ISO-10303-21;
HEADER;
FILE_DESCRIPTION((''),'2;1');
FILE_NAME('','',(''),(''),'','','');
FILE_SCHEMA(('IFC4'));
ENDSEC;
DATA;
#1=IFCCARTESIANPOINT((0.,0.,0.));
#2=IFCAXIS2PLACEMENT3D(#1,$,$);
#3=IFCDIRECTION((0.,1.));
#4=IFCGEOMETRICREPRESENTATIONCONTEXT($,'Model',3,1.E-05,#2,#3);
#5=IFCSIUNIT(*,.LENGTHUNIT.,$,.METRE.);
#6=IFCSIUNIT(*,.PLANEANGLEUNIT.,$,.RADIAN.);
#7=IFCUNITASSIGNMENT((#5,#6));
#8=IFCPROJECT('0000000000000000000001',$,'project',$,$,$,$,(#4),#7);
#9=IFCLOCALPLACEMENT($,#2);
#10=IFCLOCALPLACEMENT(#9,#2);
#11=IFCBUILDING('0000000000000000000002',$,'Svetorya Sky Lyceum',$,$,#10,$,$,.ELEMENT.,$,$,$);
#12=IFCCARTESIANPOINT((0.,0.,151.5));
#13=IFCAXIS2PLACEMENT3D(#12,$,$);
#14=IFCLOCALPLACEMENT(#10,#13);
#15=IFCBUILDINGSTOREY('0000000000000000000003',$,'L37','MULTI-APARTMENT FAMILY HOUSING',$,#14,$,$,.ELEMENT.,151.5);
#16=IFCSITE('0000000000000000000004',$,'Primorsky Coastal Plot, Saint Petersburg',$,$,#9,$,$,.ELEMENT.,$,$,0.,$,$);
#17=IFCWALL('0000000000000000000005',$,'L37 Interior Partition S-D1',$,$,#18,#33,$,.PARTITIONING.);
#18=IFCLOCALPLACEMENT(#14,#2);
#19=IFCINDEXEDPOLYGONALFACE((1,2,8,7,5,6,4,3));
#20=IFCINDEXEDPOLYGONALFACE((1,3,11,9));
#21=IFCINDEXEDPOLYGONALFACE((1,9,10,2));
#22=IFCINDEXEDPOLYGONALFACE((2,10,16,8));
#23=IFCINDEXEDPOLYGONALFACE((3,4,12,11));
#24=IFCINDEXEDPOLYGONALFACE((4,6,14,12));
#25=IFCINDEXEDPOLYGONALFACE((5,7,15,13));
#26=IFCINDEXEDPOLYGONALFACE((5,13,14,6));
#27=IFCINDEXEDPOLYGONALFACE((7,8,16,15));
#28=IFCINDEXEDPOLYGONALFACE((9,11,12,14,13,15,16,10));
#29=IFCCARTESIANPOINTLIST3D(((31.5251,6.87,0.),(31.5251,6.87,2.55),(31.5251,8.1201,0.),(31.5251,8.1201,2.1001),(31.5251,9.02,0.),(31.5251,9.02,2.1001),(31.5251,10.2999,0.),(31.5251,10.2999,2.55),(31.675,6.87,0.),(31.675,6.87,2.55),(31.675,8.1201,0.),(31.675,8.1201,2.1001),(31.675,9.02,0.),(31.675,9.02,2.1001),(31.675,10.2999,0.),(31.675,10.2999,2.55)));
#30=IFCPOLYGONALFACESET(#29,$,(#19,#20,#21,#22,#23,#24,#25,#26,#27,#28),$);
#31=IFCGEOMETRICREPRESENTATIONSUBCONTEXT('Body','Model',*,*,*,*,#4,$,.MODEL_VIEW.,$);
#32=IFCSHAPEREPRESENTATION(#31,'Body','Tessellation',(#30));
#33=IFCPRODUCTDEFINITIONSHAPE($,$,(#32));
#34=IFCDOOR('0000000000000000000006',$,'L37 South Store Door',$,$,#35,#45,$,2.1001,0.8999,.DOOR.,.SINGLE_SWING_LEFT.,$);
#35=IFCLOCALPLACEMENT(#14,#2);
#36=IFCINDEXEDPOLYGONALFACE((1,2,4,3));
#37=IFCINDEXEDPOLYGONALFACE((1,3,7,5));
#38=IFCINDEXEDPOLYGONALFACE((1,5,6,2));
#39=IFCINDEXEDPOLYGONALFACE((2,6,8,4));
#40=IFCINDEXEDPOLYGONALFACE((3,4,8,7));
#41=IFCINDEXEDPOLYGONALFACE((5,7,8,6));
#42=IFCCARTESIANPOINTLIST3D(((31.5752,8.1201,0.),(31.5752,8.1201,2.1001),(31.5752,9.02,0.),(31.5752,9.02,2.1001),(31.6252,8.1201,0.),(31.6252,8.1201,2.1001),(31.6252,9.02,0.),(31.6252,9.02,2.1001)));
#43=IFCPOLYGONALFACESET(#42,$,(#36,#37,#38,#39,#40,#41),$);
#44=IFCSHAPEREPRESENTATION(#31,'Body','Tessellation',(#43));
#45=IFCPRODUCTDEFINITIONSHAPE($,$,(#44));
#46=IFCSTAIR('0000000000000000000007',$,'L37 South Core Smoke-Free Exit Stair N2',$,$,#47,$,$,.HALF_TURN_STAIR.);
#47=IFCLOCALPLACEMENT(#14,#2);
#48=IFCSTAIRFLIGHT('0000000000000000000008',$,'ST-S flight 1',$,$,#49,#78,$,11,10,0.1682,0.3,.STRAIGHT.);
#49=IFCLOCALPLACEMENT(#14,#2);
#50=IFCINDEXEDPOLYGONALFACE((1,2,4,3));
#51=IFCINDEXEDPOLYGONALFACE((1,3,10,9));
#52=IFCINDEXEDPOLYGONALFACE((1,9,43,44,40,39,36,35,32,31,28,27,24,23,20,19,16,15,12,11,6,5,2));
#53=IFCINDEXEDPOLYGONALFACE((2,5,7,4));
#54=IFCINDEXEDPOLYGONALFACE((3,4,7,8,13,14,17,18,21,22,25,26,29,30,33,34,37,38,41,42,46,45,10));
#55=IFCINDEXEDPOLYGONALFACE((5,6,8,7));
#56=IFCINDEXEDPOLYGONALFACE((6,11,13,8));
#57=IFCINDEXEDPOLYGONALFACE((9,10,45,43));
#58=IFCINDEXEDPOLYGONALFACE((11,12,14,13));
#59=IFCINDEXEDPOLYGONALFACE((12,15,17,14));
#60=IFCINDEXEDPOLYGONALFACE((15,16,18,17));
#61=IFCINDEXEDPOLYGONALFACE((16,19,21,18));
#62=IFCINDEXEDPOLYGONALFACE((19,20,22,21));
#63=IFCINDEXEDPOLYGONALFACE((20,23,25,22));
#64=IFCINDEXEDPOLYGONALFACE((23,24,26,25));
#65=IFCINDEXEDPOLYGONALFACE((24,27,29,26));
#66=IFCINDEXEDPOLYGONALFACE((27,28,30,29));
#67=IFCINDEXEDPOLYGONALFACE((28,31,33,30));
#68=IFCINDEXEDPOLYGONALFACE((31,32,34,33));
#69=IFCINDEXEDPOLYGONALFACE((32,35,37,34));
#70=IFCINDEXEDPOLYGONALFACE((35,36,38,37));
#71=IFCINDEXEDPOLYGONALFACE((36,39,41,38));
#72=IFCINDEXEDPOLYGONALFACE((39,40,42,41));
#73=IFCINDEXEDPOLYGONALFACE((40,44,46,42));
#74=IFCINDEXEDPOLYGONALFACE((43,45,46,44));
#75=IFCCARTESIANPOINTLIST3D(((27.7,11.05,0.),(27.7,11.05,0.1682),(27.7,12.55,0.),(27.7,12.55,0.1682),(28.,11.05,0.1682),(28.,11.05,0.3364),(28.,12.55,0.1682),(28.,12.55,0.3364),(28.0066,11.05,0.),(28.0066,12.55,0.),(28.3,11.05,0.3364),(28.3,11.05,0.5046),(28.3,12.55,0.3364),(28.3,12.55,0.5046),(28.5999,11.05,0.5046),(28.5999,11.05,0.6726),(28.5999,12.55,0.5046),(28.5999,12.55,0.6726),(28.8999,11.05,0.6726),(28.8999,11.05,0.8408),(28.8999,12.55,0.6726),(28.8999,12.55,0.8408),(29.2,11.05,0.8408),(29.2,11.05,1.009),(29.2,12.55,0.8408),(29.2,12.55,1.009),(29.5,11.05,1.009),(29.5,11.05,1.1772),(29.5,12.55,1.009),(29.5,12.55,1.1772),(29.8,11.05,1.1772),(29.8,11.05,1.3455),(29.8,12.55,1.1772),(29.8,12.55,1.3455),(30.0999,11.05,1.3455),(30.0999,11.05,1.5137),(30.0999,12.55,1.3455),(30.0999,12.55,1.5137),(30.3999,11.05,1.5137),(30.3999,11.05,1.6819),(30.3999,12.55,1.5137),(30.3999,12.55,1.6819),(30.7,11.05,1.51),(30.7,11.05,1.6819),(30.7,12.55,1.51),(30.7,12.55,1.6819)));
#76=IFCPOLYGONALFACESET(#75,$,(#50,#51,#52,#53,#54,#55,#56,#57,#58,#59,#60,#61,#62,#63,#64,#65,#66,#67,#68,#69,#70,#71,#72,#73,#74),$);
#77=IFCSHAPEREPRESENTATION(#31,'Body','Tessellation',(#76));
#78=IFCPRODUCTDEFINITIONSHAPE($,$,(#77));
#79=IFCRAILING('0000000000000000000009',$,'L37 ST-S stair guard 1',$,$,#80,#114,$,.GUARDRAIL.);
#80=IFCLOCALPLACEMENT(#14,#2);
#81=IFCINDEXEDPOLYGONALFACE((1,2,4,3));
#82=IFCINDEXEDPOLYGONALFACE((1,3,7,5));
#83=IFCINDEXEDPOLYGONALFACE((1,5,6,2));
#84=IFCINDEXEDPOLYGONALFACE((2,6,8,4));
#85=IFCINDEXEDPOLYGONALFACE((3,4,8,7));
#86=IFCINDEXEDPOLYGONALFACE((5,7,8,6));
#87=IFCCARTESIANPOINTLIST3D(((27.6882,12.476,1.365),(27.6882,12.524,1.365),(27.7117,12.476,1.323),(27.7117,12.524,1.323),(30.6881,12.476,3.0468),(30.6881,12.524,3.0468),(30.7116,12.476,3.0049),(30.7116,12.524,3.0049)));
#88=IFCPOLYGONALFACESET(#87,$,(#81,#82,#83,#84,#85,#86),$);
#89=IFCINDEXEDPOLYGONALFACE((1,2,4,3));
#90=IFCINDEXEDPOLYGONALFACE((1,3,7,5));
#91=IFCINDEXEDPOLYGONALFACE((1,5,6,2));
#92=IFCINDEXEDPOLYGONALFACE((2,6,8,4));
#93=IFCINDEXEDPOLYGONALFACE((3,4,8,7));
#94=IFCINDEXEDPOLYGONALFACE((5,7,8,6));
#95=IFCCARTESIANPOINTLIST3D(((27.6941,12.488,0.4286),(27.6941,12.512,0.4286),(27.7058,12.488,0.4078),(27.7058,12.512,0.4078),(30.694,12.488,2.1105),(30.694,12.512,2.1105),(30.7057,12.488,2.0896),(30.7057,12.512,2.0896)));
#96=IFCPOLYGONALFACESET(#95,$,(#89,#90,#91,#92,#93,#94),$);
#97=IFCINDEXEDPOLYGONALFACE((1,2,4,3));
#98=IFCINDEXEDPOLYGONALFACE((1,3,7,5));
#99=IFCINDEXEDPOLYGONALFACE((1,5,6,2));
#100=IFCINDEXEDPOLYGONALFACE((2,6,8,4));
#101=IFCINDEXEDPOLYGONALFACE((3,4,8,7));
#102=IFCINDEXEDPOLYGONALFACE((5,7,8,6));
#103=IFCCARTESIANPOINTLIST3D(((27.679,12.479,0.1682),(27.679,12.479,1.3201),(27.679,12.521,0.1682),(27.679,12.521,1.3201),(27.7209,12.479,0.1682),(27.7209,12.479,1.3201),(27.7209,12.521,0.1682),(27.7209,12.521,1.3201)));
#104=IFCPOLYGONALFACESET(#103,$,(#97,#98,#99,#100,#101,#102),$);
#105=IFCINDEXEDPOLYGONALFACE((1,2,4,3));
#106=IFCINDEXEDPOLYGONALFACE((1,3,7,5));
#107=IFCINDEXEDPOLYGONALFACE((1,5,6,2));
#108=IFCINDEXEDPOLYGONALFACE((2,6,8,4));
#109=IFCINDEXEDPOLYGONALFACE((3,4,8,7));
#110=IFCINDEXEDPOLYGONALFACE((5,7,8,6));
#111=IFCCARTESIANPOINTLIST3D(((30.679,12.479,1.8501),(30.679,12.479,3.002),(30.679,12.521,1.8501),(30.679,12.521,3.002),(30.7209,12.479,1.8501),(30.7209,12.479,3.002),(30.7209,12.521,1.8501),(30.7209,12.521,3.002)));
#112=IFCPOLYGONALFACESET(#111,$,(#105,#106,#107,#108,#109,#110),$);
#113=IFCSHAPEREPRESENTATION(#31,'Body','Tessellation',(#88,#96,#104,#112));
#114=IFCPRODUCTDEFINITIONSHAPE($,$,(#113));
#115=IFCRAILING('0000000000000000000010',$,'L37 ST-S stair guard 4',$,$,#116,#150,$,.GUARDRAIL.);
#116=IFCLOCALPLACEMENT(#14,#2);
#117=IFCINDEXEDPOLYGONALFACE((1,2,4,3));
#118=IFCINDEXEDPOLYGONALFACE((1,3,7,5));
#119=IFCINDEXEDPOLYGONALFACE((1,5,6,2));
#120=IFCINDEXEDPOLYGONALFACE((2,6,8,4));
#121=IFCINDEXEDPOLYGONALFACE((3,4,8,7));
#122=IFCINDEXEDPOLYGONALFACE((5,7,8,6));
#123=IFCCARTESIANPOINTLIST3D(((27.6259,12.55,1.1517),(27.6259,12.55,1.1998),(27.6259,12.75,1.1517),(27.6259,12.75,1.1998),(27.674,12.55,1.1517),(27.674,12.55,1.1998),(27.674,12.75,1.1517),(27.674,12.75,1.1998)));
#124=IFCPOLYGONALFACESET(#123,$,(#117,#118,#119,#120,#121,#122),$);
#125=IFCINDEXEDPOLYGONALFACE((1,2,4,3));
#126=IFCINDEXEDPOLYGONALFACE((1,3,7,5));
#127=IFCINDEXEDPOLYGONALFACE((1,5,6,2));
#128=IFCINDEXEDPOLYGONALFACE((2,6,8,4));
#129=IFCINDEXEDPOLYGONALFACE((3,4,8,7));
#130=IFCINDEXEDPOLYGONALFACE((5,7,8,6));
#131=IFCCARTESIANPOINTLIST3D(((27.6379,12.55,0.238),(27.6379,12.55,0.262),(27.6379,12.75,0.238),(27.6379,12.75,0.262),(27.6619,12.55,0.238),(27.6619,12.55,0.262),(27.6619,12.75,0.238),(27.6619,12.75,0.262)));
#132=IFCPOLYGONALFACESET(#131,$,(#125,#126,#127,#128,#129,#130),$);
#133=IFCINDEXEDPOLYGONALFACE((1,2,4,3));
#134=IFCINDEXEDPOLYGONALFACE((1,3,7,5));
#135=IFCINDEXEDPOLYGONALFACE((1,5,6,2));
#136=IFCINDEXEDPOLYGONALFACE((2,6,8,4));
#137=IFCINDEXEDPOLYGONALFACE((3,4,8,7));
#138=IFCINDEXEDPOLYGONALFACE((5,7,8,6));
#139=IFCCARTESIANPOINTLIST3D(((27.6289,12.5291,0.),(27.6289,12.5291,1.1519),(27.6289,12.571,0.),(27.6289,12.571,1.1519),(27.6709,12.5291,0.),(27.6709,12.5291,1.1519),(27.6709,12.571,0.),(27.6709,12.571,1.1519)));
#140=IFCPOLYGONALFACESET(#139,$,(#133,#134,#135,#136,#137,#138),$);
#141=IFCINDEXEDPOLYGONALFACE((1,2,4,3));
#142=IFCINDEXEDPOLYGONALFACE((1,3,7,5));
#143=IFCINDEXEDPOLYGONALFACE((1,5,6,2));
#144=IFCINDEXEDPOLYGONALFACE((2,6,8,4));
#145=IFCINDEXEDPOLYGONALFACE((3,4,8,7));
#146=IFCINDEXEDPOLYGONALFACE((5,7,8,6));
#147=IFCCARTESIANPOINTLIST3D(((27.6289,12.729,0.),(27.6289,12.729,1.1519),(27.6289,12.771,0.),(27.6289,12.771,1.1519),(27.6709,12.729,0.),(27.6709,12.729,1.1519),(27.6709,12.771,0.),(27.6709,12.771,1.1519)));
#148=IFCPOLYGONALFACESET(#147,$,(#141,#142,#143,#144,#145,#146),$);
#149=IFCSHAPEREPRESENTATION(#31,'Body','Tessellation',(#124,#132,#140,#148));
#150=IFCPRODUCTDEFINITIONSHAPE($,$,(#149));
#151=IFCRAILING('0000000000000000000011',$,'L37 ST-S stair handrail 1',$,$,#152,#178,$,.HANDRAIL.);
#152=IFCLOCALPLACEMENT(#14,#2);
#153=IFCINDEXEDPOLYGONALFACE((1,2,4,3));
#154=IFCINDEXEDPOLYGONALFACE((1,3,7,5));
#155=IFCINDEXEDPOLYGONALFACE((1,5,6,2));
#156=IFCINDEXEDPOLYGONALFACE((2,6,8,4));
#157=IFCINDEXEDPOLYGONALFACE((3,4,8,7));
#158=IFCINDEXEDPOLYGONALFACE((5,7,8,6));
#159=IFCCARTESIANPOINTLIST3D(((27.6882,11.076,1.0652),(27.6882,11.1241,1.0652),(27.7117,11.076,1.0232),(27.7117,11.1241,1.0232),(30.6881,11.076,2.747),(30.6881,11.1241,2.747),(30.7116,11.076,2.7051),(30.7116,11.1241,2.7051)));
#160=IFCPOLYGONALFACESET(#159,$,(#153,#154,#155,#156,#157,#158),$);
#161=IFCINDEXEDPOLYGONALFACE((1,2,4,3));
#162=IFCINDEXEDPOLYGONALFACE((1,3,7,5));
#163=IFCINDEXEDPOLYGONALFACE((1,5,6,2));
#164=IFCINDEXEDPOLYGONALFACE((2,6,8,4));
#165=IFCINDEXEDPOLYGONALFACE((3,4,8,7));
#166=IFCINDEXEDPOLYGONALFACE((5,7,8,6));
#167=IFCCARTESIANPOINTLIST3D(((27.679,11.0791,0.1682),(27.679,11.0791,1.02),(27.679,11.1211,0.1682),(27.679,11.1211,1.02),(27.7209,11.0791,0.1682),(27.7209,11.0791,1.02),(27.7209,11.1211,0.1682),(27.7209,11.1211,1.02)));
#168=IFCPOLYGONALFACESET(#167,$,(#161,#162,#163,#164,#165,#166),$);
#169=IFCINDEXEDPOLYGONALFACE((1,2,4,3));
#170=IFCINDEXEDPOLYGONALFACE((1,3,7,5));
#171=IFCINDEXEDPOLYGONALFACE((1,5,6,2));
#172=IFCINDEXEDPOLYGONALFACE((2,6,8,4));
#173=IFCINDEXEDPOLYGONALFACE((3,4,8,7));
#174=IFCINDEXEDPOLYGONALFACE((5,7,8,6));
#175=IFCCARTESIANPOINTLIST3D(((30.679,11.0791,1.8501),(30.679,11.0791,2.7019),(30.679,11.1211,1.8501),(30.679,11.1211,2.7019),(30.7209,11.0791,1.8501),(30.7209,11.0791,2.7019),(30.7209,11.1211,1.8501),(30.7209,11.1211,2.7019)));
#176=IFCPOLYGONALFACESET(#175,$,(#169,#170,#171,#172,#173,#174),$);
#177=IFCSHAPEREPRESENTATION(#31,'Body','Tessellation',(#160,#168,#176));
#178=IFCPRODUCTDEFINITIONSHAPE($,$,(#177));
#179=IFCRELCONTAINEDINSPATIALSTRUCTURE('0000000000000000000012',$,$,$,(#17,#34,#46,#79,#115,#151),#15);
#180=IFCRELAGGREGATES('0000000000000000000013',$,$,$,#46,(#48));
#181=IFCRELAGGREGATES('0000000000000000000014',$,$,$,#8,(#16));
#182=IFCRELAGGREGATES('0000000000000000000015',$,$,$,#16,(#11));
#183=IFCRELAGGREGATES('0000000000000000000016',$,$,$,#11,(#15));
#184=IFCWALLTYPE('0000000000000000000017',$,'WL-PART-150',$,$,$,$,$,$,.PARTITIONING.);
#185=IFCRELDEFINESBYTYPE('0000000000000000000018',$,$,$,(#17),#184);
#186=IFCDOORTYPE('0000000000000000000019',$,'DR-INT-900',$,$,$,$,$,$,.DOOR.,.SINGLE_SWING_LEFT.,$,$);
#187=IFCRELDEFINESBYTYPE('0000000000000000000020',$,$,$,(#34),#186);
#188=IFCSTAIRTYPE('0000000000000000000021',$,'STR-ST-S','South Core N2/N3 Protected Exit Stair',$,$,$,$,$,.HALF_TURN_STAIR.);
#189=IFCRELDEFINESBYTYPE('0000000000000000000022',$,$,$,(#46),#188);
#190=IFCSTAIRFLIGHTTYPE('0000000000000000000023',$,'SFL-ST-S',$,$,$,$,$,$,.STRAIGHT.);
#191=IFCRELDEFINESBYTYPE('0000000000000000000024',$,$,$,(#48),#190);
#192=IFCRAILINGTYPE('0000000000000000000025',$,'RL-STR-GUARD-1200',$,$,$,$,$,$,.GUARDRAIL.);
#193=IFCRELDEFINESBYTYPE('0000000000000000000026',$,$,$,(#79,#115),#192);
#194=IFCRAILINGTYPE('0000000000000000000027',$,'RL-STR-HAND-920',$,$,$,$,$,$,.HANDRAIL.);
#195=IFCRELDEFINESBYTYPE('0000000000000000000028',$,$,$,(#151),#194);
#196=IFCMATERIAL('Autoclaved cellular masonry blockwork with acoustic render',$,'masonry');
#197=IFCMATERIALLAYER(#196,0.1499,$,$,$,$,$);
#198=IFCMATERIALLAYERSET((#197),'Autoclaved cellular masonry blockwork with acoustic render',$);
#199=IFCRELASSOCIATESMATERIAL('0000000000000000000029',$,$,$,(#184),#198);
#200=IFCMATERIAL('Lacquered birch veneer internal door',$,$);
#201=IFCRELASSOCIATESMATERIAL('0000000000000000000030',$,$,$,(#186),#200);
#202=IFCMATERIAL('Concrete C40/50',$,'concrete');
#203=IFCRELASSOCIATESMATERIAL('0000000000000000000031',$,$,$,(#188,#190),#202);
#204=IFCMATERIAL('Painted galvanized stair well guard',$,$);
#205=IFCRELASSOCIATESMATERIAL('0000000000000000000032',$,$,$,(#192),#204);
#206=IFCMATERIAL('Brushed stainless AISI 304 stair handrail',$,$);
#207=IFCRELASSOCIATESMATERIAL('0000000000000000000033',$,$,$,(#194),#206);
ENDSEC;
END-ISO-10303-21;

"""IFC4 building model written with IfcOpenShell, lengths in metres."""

from ifc_helpers import new_model, si_unit, direction, frame, frame_2d, origin, origin_2d, place, context, subcontext, project, spatial, polyline, rectangle, outline, extrude, material, layer, layer_set, type_object, element, fill, aggregate, save


model = new_model("IFC4")

# Units and contexts
model_context = context("Model", 3, precision=1e-05, world=origin(), true_north=direction((0.0, 1.0)))
body_context = subcontext(model_context, "Body", "Model", "MODEL_VIEW")
ifc_project = project(units=[si_unit("LENGTHUNIT", "METRE"), si_unit("PLANEANGLEUNIT", "RADIAN")], contexts=[model_context])

# Site, building, storey
site_placement = place(None, origin())
site = spatial("IfcSite", under=ifc_project, at=site_placement, Name="Primorsky Coastal Plot, Saint Petersburg", CompositionType="ELEMENT", RefElevation=0.0)
building_placement = place(site_placement, origin())
building = spatial("IfcBuilding", under=site, at=building_placement, Name="Svetorya Sky Lyceum", CompositionType="ELEMENT")
storey_placement = place(building_placement, frame((0.0, 0.0, 151.5)))
storey = spatial("IfcBuildingStorey", under=building, at=storey_placement, Name="L37", Description="MULTI-APARTMENT FAMILY HOUSING", CompositionType="ELEMENT", Elevation=151.5)

# Shared definitions
ifc_material_1 = material(Name="Concrete C40/50", Category="concrete")

# Wall, opening, door
ifc_material_2 = material(Name="Autoclaved cellular masonry blockwork with acoustic render", Category="masonry")
ifc_layer_1 = layer(ifc_material_2, 0.1499)
ifc_layer_set_1 = layer_set([ifc_layer_1], Name="Autoclaved cellular masonry blockwork with acoustic render")
wall_type_1 = type_object("IfcWallType", Name="WL-PART-150", PredefinedType="PARTITIONING", material=ifc_layer_set_1)
wall_1_placement = place(storey_placement, frame((31.6001, 6.8701, 0.0), z_axis=(0.0, 0.0, 1.0), x_axis=(0.0, 1.0, 0.0)))
wall_1 = element("IfcWall", 1, at=wall_1_placement, inside=storey, type_object=wall_type_1, Name="L37 Interior Partition S-D1", PredefinedType="PARTITIONING", context=body_context, shape_type="SweptSolid", body=[
    extrude(rectangle(XDim=3.4299, YDim=0.1499, at=frame_2d((1.7148, 0.0))), origin(), (0.0, 0.0, 1.0), 2.55),
])
opening_placement = place(wall_1_placement, frame((1.25, 0.0, 0.0)))
opening = element("IfcOpeningElement", 2, at=opening_placement, cuts=wall_1, PredefinedType="OPENING", context=body_context, shape_type="SweptSolid", body=[
    extrude(rectangle(XDim=0.8999, YDim=2.1001, at=frame_2d((0.45, 1.05))), frame((0.0, 0.085, 0.0), z_axis=(0.0, -1.0, 0.0), x_axis=(1.0, 0.0, 0.0)), (0.0, 0.0, 1.0), 0.1699),
])
ifc_material_3 = material(Name="Lacquered birch veneer internal door")
door_type = type_object("IfcDoorType", Name="DR-INT-900", OperationType="SINGLE_SWING_LEFT", PredefinedType="DOOR", material=ifc_material_3)
door_placement = place(opening_placement, origin())
door = element("IfcDoor", 3, at=door_placement, inside=storey, type_object=door_type, Name="L37 South Store Door", OperationType="SINGLE_SWING_LEFT", OverallHeight=2.1001, OverallWidth=0.8999, PredefinedType="DOOR", context=body_context, shape_type="SweptSolid", body=[
    extrude(rectangle(XDim=0.8999, YDim=2.1001, at=frame_2d((0.45, 1.05))), frame((0.0, 0.0249, 0.0), z_axis=(0.0, -1.0, 0.0), x_axis=(1.0, 0.0, 0.0)), (0.0, 0.0, 1.0), 0.05),
])
fill(opening, door)

# Stair, stair flight
stair_type = type_object("IfcStairType", Name="STR-ST-S", Description="South Core N2/N3 Protected Exit Stair", PredefinedType="HALF_TURN_STAIR", material=ifc_material_1)
stair_placement = place(storey_placement, origin())
stair = element("IfcStair", 4, at=stair_placement, inside=storey, type_object=stair_type, Name="L37 South Core Smoke-Free Exit Stair N2", PredefinedType="HALF_TURN_STAIR")
stair_flight_type = type_object("IfcStairFlightType", Name="SFL-ST-S", PredefinedType="STRAIGHT", material=ifc_material_1)
stair_flight_placement = place(storey_placement, frame((27.7, 11.8, 0.0), z_axis=(0.0, 0.0, 1.0), x_axis=(1.0, 0.0, 0.0)))
stair_flight = element("IfcStairFlight", 5, at=stair_flight_placement, type_object=stair_flight_type, Name="ST-S flight 1", NumberOfRisers=11, NumberOfTreads=10, PredefinedType="STRAIGHT", RiserHeight=0.1682, TreadLength=0.3, context=body_context, shape_type="SweptSolid", body=[
    extrude(outline(polyline([(0.0, 0.0), (0.0, 0.1682), (0.3, 0.1682), (0.3, 0.3364), (0.6001, 0.3364), (0.6001, 0.5046), (0.8999, 0.5046), (0.8999, 0.6726), (1.2, 0.6726), (1.2, 0.8408), (1.5, 0.8408), (1.5, 1.009), (1.8, 1.009), (1.8, 1.1772), (2.1001, 1.1772), (2.1001, 1.3455), (2.3999, 1.3455), (2.3999, 1.5137), (2.7, 1.5137), (2.7, 1.6819), (3.0, 1.6819), (3.0, 1.8501), (3.0, 1.51), (0.3066, 0.0), (0.0, 0.0)])), frame((0.0, 0.75, 0.0), z_axis=(0.0, -1.0, 0.0), x_axis=(1.0, 0.0, 0.0)), (0.0, 0.0, 1.0), 1.5),
])
aggregate(stair, [stair_flight])

# Railings
ifc_material_4 = material(Name="Painted galvanized stair well guard")
railing_type_1 = type_object("IfcRailingType", Name="RL-STR-GUARD-1200", PredefinedType="GUARDRAIL", material=ifc_material_4)
railing_1_placement = place(storey_placement, frame((27.7, 12.5, 0.1682)))
element("IfcRailing", 6, at=railing_1_placement, inside=storey, type_object=railing_type_1, Name="L37 ST-S stair guard 1", PredefinedType="GUARDRAIL", context=body_context, shape_type="SweptSolid", body=[
    extrude(rectangle(XDim=0.0481, YDim=0.0481, at=origin_2d()), frame((0.0, 0.0, 1.1758), z_axis=(0.872272, 0.0, 0.48902), x_axis=(0.0, 1.0, 0.0)), (0.0, 0.0, 1.0), 3.4392),
    extrude(rectangle(XDim=0.0239, YDim=0.0239, at=origin_2d()), frame((0.0, 0.0, 0.25), z_axis=(0.872272, 0.0, 0.48902), x_axis=(0.0, 1.0, 0.0)), (0.0, 0.0, 1.0), 3.4392),
    extrude(rectangle(XDim=0.042, YDim=0.042, at=origin_2d()), origin(), (0.0, 0.0, 1.0), 1.1519),
    extrude(rectangle(XDim=0.042, YDim=0.042, at=origin_2d()), frame((3.0, 0.0, 1.6819)), (0.0, 0.0, 1.0), 1.1519),
])
railing_2_placement = place(storey_placement, frame((27.6499, 12.55, 0.0)))
element("IfcRailing", 7, at=railing_2_placement, inside=storey, type_object=railing_type_1, Name="L37 ST-S stair guard 4", PredefinedType="GUARDRAIL", context=body_context, shape_type="SweptSolid", body=[
    extrude(rectangle(XDim=0.0481, YDim=0.0481, at=origin_2d()), frame((0.0, 0.0, 1.1758), z_axis=(0.0, 1.0, 0.0), x_axis=(-1.0, 0.0, 0.0)), (0.0, 0.0, 1.0), 0.2),
    extrude(rectangle(XDim=0.0239, YDim=0.0239, at=origin_2d()), frame((0.0, 0.0, 0.25), z_axis=(0.0, 1.0, 0.0), x_axis=(-1.0, 0.0, 0.0)), (0.0, 0.0, 1.0), 0.2),
    extrude(rectangle(XDim=0.042, YDim=0.042, at=origin_2d()), origin(), (0.0, 0.0, 1.0), 1.1519),
    extrude(rectangle(XDim=0.042, YDim=0.042, at=origin_2d()), frame((0.0, 0.2, 0.0)), (0.0, 0.0, 1.0), 1.1519),
])
ifc_material_5 = material(Name="Brushed stainless AISI 304 stair handrail")
railing_type_2 = type_object("IfcRailingType", Name="RL-STR-HAND-920", PredefinedType="HANDRAIL", material=ifc_material_5)
railing_3_placement = place(storey_placement, frame((27.7, 11.1001, 0.1682)))
element("IfcRailing", 8, at=railing_3_placement, inside=storey, type_object=railing_type_2, Name="L37 ST-S stair handrail 1", PredefinedType="HANDRAIL", context=body_context, shape_type="SweptSolid", body=[
    extrude(rectangle(XDim=0.0481, YDim=0.0481, at=origin_2d()), frame((0.0, 0.0, 0.876), z_axis=(0.872272, 0.0, 0.48902), x_axis=(0.0, 1.0, 0.0)), (0.0, 0.0, 1.0), 3.4392),
    extrude(rectangle(XDim=0.042, YDim=0.042, at=origin_2d()), origin(), (0.0, 0.0, 1.0), 0.8518),
    extrude(rectangle(XDim=0.042, YDim=0.042, at=origin_2d()), frame((3.0, 0.0, 1.6819)), (0.0, 0.0, 1.0), 0.8518),
])

save(model, "model.ifc")
